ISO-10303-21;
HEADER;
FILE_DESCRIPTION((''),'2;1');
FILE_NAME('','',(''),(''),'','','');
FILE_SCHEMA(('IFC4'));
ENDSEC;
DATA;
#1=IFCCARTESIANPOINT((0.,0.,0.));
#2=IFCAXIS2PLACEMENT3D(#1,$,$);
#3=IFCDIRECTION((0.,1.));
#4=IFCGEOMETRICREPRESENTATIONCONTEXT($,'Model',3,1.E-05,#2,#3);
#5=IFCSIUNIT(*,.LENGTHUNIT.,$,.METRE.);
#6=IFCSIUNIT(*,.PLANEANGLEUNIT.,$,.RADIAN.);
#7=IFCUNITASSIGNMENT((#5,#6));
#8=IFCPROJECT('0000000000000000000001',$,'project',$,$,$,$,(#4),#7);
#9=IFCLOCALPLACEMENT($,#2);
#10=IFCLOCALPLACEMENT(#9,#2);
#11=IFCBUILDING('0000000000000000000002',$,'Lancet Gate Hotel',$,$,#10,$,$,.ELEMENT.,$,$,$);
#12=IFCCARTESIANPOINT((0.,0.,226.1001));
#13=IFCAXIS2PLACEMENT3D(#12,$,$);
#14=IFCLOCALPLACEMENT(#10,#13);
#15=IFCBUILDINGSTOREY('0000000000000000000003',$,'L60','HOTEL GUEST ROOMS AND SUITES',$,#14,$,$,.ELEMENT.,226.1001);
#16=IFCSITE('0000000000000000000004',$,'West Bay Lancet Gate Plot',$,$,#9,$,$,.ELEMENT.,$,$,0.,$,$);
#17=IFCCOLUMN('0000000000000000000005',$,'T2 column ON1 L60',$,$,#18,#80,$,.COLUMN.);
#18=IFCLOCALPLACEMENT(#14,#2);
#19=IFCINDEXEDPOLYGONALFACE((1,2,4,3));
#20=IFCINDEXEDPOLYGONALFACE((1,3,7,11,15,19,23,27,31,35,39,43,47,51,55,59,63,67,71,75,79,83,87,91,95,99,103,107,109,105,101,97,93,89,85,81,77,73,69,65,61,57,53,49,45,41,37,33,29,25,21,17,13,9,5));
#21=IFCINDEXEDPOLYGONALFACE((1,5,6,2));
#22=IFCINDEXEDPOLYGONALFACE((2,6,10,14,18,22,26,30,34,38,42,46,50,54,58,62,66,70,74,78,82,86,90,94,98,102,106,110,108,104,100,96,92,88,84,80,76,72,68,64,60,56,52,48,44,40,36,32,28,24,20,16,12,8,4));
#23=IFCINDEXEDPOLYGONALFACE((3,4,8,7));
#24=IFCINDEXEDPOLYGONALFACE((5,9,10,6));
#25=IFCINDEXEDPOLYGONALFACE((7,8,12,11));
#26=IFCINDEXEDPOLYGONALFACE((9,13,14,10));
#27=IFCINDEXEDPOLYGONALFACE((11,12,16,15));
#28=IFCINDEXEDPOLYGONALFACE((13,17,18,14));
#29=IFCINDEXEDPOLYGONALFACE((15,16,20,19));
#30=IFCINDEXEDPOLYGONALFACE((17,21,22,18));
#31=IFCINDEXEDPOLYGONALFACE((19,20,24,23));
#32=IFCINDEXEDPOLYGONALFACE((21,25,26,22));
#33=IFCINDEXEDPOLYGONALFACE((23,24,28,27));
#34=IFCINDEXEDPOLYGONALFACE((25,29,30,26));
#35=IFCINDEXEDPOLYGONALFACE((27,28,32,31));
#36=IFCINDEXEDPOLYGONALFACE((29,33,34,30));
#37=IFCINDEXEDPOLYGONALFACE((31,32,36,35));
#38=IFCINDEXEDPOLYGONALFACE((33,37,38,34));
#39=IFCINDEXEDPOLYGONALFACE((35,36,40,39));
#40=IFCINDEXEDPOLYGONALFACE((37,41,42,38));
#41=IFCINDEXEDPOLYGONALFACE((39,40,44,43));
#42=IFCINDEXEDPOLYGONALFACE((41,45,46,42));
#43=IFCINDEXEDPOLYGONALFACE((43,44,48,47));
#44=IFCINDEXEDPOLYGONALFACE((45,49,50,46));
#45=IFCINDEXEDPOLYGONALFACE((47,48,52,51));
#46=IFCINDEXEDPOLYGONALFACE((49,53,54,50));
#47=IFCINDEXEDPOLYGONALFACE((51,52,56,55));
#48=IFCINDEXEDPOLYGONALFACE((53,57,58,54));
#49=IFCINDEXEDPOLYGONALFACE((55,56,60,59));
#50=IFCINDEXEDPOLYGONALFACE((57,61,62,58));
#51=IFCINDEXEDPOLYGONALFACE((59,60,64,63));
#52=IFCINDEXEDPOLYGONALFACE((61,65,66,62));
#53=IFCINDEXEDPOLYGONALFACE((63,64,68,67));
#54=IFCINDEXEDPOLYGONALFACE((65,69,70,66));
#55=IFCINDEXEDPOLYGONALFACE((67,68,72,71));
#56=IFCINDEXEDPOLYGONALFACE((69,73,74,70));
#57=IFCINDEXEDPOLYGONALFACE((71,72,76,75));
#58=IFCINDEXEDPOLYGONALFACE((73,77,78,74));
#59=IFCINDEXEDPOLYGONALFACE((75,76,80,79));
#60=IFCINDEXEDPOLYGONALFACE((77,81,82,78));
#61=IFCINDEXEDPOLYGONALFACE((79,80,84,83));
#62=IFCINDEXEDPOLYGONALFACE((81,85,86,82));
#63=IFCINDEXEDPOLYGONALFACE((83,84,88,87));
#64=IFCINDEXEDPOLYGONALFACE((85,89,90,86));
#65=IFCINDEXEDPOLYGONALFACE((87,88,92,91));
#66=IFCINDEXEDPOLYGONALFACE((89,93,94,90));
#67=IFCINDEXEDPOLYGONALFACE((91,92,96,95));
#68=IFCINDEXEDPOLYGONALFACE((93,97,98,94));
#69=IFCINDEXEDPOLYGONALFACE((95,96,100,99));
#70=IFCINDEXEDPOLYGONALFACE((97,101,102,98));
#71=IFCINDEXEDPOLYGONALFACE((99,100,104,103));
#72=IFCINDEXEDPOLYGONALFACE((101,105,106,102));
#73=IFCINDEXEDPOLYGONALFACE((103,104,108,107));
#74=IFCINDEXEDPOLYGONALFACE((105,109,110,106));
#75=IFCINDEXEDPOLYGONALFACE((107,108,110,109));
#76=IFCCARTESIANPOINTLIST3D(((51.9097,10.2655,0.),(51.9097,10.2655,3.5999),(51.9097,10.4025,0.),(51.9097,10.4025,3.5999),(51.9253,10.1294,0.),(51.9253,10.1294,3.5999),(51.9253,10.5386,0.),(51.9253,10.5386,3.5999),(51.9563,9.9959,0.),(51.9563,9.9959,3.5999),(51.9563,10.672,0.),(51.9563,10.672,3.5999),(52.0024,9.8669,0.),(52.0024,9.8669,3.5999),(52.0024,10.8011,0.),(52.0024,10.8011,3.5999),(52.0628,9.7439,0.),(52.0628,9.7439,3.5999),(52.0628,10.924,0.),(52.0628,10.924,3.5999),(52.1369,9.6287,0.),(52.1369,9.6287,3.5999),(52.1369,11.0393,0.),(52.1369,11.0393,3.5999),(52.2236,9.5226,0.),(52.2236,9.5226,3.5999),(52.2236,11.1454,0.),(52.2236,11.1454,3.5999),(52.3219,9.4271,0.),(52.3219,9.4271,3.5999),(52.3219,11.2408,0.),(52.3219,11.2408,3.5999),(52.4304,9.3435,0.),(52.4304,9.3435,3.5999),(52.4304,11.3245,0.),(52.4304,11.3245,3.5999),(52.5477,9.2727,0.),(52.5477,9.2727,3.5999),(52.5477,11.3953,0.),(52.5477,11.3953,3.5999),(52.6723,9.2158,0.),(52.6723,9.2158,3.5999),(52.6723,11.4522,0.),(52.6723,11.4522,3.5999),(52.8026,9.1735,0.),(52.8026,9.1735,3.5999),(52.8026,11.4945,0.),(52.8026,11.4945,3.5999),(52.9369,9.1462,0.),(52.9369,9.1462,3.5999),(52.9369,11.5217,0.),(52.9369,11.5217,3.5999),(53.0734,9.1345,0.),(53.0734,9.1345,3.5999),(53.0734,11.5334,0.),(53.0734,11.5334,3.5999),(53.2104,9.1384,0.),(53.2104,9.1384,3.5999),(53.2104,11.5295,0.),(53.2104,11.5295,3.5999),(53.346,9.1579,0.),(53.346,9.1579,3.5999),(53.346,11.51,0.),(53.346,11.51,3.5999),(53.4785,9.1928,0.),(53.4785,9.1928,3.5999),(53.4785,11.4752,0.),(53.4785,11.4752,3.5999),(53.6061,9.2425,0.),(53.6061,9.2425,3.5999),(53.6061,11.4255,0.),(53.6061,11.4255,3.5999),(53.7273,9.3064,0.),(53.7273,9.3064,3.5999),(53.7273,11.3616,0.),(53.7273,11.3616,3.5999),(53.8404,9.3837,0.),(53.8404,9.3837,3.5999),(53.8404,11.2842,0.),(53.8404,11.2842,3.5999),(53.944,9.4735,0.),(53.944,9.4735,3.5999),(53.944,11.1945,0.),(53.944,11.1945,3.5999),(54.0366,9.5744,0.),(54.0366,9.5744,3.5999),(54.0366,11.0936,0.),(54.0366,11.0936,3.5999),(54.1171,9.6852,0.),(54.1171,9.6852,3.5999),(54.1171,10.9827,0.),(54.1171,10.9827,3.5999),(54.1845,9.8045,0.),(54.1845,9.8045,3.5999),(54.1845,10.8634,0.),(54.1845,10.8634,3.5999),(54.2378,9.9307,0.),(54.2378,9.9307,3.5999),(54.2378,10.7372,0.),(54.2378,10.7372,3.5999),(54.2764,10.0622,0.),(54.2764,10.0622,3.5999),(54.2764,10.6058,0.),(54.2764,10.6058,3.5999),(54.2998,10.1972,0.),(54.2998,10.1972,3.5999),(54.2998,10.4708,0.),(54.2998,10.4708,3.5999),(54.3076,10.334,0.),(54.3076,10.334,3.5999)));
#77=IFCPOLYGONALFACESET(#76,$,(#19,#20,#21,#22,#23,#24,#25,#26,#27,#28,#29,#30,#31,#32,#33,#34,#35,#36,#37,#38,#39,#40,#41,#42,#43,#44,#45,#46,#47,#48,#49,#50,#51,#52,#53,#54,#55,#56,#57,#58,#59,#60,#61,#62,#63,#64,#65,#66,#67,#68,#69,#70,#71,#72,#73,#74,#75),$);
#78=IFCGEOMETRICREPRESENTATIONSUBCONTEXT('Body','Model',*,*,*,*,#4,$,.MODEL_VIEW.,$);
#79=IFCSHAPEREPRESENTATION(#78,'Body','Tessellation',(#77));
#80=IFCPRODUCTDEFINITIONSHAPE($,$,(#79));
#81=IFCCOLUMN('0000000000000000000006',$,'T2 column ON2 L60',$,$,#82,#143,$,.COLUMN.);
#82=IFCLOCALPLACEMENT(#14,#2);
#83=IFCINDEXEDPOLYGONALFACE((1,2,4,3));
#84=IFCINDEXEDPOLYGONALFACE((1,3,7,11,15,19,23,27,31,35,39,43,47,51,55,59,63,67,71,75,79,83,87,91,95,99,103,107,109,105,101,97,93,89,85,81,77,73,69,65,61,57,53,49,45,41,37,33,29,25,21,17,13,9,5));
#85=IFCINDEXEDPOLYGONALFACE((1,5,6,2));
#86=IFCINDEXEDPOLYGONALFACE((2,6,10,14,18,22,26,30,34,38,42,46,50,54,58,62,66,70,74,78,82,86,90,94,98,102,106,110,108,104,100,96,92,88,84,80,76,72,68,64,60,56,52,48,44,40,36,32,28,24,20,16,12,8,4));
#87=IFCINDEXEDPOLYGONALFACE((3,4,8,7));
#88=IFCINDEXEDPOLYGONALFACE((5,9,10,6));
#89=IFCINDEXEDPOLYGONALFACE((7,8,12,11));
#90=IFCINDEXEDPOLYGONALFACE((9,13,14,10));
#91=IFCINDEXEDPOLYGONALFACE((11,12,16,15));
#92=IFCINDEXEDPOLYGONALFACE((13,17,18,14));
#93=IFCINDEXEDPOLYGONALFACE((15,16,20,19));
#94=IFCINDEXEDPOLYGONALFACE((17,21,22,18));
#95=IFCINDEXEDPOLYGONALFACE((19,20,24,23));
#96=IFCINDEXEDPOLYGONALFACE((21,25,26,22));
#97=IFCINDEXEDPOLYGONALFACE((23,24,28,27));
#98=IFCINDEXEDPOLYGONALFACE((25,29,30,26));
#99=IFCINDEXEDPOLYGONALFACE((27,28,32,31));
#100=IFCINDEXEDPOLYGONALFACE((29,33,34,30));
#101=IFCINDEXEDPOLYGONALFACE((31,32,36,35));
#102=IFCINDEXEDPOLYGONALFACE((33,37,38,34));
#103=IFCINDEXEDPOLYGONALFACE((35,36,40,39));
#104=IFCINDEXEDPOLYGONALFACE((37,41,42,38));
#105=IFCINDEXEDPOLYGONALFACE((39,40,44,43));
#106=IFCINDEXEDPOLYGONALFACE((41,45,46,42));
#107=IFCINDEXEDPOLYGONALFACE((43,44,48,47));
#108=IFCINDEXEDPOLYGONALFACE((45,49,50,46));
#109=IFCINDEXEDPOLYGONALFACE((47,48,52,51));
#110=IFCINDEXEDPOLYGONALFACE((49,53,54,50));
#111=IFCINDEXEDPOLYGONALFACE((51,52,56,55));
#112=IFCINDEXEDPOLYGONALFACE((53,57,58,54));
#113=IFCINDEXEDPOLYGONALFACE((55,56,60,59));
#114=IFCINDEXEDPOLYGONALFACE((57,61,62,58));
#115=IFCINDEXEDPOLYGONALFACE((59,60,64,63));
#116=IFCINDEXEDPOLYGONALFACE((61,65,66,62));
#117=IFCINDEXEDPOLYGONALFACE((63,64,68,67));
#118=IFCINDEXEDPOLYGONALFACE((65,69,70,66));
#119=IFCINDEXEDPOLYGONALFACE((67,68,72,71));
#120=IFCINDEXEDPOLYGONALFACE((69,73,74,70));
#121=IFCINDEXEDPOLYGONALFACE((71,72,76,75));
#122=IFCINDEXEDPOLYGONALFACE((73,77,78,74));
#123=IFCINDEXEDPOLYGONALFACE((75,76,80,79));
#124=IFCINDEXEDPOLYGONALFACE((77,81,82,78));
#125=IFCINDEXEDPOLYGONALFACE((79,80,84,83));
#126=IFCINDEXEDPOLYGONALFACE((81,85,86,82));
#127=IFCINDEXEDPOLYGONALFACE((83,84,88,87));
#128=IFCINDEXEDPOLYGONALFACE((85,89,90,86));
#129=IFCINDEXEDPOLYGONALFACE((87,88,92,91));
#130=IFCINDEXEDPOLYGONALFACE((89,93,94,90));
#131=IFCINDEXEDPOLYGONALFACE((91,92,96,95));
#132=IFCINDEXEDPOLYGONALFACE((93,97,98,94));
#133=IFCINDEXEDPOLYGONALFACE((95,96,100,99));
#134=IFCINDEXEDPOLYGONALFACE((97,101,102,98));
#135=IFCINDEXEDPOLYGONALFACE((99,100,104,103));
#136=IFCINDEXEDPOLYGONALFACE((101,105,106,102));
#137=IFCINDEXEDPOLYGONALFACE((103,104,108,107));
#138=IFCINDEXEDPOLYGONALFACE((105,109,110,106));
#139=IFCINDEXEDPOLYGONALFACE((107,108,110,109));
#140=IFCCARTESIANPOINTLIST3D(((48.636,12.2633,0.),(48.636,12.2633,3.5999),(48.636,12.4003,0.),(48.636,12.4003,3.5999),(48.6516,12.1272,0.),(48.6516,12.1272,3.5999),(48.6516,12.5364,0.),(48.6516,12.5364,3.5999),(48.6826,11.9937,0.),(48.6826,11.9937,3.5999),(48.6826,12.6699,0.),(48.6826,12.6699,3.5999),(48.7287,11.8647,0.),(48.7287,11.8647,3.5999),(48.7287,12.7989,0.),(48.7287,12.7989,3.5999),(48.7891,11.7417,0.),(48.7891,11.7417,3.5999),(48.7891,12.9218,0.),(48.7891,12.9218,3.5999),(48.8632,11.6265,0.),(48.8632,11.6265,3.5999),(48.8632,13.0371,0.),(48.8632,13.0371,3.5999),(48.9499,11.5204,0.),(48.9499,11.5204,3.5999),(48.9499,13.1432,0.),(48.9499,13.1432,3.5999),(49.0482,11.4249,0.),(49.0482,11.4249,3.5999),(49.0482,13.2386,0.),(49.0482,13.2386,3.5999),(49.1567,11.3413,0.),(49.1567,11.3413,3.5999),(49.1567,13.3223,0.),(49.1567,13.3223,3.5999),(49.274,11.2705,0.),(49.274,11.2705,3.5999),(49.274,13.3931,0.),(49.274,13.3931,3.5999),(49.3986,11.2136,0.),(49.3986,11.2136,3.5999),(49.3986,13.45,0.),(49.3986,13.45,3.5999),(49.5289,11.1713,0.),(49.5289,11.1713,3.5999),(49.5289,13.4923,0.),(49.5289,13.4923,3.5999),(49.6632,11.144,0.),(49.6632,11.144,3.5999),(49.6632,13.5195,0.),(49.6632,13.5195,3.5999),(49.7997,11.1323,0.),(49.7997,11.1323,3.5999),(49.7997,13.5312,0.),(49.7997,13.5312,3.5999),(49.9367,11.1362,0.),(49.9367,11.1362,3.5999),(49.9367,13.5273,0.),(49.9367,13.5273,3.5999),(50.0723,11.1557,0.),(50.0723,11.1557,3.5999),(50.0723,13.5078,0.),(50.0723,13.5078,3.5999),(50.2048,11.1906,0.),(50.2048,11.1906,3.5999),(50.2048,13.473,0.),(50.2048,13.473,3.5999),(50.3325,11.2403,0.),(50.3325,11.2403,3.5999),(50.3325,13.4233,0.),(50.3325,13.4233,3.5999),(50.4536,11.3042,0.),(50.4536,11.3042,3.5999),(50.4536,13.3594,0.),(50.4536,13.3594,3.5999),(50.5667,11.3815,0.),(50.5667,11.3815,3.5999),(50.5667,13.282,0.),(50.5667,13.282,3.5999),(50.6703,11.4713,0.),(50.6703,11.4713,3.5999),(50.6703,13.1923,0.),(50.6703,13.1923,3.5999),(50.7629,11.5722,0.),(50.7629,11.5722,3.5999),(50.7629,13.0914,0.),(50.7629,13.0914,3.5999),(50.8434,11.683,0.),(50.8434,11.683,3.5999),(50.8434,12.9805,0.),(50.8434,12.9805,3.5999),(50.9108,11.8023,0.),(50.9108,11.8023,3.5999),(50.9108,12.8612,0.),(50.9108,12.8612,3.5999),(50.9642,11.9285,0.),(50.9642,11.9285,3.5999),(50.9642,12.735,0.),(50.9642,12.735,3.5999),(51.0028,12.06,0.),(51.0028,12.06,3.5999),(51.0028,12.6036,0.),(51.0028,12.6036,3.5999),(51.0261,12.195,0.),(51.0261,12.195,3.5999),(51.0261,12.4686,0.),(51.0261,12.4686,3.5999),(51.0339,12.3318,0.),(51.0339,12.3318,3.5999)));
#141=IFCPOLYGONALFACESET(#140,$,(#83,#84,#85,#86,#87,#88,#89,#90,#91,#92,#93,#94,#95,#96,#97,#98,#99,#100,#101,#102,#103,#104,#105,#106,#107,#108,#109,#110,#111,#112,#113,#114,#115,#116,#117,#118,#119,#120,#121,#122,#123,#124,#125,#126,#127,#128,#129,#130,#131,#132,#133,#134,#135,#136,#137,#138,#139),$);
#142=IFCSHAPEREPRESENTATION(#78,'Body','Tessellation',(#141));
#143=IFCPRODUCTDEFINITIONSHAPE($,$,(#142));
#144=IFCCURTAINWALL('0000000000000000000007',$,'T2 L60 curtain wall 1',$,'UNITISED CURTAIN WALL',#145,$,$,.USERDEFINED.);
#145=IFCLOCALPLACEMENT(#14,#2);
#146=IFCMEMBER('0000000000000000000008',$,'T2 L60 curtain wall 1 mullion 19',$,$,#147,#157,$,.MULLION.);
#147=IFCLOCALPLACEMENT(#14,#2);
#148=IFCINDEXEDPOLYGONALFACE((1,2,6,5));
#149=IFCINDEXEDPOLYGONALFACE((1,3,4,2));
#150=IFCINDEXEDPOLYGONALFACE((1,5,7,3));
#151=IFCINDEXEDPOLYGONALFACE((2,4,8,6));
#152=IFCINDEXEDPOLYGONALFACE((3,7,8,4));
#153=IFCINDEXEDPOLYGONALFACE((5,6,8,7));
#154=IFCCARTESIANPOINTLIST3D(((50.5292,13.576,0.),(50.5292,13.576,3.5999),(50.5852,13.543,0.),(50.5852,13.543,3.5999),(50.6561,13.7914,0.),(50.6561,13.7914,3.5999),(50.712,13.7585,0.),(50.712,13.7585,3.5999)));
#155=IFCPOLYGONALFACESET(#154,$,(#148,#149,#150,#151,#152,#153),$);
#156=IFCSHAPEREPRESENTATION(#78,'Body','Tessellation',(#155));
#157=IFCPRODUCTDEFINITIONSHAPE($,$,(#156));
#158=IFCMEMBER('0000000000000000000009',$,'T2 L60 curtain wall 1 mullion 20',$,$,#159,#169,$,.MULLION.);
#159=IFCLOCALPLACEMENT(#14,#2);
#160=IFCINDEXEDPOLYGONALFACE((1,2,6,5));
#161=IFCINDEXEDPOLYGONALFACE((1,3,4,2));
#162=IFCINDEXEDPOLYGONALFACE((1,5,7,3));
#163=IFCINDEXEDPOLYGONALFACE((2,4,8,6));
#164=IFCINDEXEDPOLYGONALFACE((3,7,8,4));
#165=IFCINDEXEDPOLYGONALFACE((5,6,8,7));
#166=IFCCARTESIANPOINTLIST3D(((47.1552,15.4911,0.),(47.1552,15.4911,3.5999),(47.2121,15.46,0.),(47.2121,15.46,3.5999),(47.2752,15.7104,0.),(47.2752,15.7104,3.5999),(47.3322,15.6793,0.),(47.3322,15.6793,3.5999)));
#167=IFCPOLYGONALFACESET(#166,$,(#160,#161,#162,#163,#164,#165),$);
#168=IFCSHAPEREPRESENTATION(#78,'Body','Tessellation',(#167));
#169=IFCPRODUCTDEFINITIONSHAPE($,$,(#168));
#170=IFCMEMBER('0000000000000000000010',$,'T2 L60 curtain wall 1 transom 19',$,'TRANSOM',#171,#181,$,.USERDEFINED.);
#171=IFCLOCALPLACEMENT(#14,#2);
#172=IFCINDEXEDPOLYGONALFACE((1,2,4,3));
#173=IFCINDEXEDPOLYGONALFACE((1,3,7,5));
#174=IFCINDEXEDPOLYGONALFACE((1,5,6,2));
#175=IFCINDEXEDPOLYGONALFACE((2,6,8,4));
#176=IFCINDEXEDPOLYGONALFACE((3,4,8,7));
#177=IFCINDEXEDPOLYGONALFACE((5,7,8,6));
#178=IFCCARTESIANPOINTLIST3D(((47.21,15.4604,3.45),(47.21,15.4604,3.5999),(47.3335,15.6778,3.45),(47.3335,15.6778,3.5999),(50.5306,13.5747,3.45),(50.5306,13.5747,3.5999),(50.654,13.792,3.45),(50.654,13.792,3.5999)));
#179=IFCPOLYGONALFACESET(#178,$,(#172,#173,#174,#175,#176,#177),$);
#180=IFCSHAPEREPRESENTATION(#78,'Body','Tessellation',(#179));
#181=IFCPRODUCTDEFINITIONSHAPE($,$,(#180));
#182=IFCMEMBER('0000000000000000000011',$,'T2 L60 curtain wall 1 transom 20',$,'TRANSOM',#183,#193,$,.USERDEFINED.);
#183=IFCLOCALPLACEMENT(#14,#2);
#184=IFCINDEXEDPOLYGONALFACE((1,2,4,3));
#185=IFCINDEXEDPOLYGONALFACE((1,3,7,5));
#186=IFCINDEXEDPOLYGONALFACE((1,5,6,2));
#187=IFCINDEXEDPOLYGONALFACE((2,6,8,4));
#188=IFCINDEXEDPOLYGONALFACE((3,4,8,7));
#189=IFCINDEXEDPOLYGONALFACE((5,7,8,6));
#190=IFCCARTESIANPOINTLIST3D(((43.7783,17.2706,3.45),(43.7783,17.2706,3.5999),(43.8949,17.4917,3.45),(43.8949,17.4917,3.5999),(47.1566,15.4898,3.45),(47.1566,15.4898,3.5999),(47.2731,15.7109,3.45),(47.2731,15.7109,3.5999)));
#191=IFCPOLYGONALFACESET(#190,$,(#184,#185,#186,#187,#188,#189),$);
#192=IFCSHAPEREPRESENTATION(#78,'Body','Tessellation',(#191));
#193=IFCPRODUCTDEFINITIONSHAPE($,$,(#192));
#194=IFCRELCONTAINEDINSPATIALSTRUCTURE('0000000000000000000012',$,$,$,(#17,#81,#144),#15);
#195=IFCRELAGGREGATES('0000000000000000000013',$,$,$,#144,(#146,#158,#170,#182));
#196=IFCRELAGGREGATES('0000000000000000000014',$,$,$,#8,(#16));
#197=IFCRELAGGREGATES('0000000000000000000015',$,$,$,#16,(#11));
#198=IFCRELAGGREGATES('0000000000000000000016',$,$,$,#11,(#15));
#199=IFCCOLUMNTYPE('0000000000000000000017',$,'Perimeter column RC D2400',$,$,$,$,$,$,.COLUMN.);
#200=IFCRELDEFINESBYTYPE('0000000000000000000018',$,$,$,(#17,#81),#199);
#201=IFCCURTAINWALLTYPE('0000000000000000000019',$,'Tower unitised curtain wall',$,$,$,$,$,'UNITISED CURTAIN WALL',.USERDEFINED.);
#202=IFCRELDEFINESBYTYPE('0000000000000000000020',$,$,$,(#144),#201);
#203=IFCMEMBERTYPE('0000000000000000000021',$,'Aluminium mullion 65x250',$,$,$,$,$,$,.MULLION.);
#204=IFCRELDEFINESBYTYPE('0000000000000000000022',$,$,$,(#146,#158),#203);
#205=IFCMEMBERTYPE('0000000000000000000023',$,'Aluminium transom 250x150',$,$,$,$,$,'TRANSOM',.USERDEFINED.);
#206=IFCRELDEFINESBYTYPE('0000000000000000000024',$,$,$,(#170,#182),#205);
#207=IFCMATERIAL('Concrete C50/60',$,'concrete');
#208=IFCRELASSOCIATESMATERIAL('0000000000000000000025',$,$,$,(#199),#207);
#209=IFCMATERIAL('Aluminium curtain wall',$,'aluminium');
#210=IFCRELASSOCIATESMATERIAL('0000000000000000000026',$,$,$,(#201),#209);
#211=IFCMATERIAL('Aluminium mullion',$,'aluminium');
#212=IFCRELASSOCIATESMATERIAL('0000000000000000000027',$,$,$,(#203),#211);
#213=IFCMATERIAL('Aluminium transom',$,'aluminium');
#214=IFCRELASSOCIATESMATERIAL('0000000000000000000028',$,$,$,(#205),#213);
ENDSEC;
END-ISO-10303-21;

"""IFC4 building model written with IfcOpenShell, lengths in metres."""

from ifc_helpers import new_model, si_unit, direction, frame, origin, origin_2d, place, context, subcontext, project, spatial, rectangle, circle, extrude, material, material_profile, profile_set, type_object, element, aggregate, save


model = new_model("IFC4")

# Units and contexts
model_context = context("Model", 3, precision=1e-05, world=origin(), true_north=direction((0.0, 1.0)))
body_context = subcontext(model_context, "Body", "Model", "MODEL_VIEW")
ifc_project = project(units=[si_unit("LENGTHUNIT", "METRE"), si_unit("PLANEANGLEUNIT", "RADIAN")], contexts=[model_context])

# Site, building, storey
site_placement = place(None, origin())
site = spatial("IfcSite", under=ifc_project, at=site_placement, Name="West Bay Lancet Gate Plot", CompositionType="ELEMENT", RefElevation=0.0)
building_placement = place(site_placement, origin())
building = spatial("IfcBuilding", under=site, at=building_placement, Name="Lancet Gate Hotel", CompositionType="ELEMENT")
storey_placement = place(building_placement, frame((0.0, 0.0, 226.1001)))
storey = spatial("IfcBuildingStorey", under=building, at=storey_placement, Name="L60", Description="HOTEL GUEST ROOMS AND SUITES", CompositionType="ELEMENT", Elevation=226.1001)

# Columns
ifc_material_1 = material(Name="Concrete C50/60", Category="concrete")
ifc_material_profile_1 = material_profile(ifc_material_1, circle(Radius=1.2, at=origin_2d()), Name="RC D2400")
ifc_profile_set_1 = profile_set([ifc_material_profile_1], Name="Concrete C50/60")
column_type = type_object("IfcColumnType", Name="Perimeter column RC D2400", PredefinedType="COLUMN", material=ifc_profile_set_1)
for number, where, z_axis, x_axis, name in (
    (1, (53.1077, 10.334, 0.0), (0.0, 0.0, 1.0), (1.0, 0.0, 0.0), "T2 column ON1 L60"),
    (2, (49.834, 12.3318, 0.0), (0.0, 0.0, 1.0), (1.0, 0.0, 0.0), "T2 column ON2 L60"),
):
    element("IfcColumn", number, at=place(storey_placement, frame(where, z_axis=z_axis, x_axis=x_axis)), inside=storey, type_object=column_type, Name=name, PredefinedType="COLUMN", context=body_context, shape_type="SweptSolid", body=[
        extrude(circle(Radius=1.2, at=origin_2d()), origin(), (0.0, 0.0, 1.0), 3.5999),
    ])

# Curtain wall, members
ifc_material_2 = material(Name="Aluminium curtain wall", Category="aluminium")
curtain_wall_type = type_object("IfcCurtainWallType", Name="Tower unitised curtain wall", ElementType="UNITISED CURTAIN WALL", PredefinedType="USERDEFINED", material=ifc_material_2)
curtain_wall_placement = place(storey_placement, origin())
curtain_wall = element("IfcCurtainWall", 3, at=curtain_wall_placement, inside=storey, type_object=curtain_wall_type, Name="T2 L60 curtain wall 1", ObjectType="UNITISED CURTAIN WALL", PredefinedType="USERDEFINED")
ifc_material_3 = material(Name="Aluminium mullion", Category="aluminium")
ifc_material_profile_2 = material_profile(ifc_material_3, rectangle(XDim=0.0649, YDim=0.25, at=origin_2d()), Name="MULLION 65x250")
ifc_profile_set_2 = profile_set([ifc_material_profile_2], Name="Aluminium mullion")
member_type_1 = type_object("IfcMemberType", Name="Aluminium mullion 65x250", PredefinedType="MULLION", material=ifc_profile_set_2)
member_1_placement = place(storey_placement, frame((50.6206, 13.6672, 0.0), z_axis=(0.0, 0.0, 1.0), x_axis=(-0.861692, 0.507432, 0.0)))
member_1 = element("IfcMember", 4, at=member_1_placement, type_object=member_type_1, Name="T2 L60 curtain wall 1 mullion 19", PredefinedType="MULLION", context=body_context, shape_type="SweptSolid", body=[
    extrude(rectangle(XDim=0.0649, YDim=0.25, at=origin_2d()), origin(), (0.0, 0.0, 1.0), 3.5999),
])
member_2_placement = place(storey_placement, frame((47.2437, 15.5852, 0.0), z_axis=(0.0, 0.0, 1.0), x_axis=(-0.877195, 0.480135, 0.0)))
member_2 = element("IfcMember", 5, at=member_2_placement, type_object=member_type_1, Name="T2 L60 curtain wall 1 mullion 20", PredefinedType="MULLION", context=body_context, shape_type="SweptSolid", body=[
    extrude(rectangle(XDim=0.0649, YDim=0.25, at=origin_2d()), origin(), (0.0, 0.0, 1.0), 3.5999),
])
ifc_material_4 = material(Name="Aluminium transom", Category="aluminium")
ifc_material_profile_3 = material_profile(ifc_material_4, rectangle(XDim=0.25, YDim=0.1499, at=origin_2d()), Name="TRANSOM 250x150")
ifc_profile_set_3 = profile_set([ifc_material_profile_3], Name="Aluminium transom")
member_type_2 = type_object("IfcMemberType", Name="Aluminium transom 250x150", ElementType="TRANSOM", PredefinedType="USERDEFINED", material=ifc_profile_set_3)
member_3_placement = place(storey_placement, frame((50.5923, 13.6833, 3.5249), z_axis=(-0.869562, 0.493824, 0.0), x_axis=(-0.493824, -0.869562, 0.0)))
member_3 = element("IfcMember", 6, at=member_3_placement, type_object=member_type_2, Name="T2 L60 curtain wall 1 transom 19", ObjectType="TRANSOM", PredefinedType="USERDEFINED", context=body_context, shape_type="SweptSolid", body=[
    extrude(rectangle(XDim=0.25, YDim=0.1499, at=origin_2d()), origin(), (0.0, 0.0, 1.0), 3.8186),
])
member_4_placement = place(storey_placement, frame((47.2148, 15.6003, 3.5249), z_axis=(-0.884618, 0.466315, 0.0), x_axis=(-0.466315, -0.884618, 0.0)))
member_4 = element("IfcMember", 7, at=member_4_placement, type_object=member_type_2, Name="T2 L60 curtain wall 1 transom 20", ObjectType="TRANSOM", PredefinedType="USERDEFINED", context=body_context, shape_type="SweptSolid", body=[
    extrude(rectangle(XDim=0.25, YDim=0.1499, at=origin_2d()), origin(), (0.0, 0.0, 1.0), 3.8188),
])

aggregate(curtain_wall, [member_1, member_2, member_3, member_4])

save(model, "model.ifc")
